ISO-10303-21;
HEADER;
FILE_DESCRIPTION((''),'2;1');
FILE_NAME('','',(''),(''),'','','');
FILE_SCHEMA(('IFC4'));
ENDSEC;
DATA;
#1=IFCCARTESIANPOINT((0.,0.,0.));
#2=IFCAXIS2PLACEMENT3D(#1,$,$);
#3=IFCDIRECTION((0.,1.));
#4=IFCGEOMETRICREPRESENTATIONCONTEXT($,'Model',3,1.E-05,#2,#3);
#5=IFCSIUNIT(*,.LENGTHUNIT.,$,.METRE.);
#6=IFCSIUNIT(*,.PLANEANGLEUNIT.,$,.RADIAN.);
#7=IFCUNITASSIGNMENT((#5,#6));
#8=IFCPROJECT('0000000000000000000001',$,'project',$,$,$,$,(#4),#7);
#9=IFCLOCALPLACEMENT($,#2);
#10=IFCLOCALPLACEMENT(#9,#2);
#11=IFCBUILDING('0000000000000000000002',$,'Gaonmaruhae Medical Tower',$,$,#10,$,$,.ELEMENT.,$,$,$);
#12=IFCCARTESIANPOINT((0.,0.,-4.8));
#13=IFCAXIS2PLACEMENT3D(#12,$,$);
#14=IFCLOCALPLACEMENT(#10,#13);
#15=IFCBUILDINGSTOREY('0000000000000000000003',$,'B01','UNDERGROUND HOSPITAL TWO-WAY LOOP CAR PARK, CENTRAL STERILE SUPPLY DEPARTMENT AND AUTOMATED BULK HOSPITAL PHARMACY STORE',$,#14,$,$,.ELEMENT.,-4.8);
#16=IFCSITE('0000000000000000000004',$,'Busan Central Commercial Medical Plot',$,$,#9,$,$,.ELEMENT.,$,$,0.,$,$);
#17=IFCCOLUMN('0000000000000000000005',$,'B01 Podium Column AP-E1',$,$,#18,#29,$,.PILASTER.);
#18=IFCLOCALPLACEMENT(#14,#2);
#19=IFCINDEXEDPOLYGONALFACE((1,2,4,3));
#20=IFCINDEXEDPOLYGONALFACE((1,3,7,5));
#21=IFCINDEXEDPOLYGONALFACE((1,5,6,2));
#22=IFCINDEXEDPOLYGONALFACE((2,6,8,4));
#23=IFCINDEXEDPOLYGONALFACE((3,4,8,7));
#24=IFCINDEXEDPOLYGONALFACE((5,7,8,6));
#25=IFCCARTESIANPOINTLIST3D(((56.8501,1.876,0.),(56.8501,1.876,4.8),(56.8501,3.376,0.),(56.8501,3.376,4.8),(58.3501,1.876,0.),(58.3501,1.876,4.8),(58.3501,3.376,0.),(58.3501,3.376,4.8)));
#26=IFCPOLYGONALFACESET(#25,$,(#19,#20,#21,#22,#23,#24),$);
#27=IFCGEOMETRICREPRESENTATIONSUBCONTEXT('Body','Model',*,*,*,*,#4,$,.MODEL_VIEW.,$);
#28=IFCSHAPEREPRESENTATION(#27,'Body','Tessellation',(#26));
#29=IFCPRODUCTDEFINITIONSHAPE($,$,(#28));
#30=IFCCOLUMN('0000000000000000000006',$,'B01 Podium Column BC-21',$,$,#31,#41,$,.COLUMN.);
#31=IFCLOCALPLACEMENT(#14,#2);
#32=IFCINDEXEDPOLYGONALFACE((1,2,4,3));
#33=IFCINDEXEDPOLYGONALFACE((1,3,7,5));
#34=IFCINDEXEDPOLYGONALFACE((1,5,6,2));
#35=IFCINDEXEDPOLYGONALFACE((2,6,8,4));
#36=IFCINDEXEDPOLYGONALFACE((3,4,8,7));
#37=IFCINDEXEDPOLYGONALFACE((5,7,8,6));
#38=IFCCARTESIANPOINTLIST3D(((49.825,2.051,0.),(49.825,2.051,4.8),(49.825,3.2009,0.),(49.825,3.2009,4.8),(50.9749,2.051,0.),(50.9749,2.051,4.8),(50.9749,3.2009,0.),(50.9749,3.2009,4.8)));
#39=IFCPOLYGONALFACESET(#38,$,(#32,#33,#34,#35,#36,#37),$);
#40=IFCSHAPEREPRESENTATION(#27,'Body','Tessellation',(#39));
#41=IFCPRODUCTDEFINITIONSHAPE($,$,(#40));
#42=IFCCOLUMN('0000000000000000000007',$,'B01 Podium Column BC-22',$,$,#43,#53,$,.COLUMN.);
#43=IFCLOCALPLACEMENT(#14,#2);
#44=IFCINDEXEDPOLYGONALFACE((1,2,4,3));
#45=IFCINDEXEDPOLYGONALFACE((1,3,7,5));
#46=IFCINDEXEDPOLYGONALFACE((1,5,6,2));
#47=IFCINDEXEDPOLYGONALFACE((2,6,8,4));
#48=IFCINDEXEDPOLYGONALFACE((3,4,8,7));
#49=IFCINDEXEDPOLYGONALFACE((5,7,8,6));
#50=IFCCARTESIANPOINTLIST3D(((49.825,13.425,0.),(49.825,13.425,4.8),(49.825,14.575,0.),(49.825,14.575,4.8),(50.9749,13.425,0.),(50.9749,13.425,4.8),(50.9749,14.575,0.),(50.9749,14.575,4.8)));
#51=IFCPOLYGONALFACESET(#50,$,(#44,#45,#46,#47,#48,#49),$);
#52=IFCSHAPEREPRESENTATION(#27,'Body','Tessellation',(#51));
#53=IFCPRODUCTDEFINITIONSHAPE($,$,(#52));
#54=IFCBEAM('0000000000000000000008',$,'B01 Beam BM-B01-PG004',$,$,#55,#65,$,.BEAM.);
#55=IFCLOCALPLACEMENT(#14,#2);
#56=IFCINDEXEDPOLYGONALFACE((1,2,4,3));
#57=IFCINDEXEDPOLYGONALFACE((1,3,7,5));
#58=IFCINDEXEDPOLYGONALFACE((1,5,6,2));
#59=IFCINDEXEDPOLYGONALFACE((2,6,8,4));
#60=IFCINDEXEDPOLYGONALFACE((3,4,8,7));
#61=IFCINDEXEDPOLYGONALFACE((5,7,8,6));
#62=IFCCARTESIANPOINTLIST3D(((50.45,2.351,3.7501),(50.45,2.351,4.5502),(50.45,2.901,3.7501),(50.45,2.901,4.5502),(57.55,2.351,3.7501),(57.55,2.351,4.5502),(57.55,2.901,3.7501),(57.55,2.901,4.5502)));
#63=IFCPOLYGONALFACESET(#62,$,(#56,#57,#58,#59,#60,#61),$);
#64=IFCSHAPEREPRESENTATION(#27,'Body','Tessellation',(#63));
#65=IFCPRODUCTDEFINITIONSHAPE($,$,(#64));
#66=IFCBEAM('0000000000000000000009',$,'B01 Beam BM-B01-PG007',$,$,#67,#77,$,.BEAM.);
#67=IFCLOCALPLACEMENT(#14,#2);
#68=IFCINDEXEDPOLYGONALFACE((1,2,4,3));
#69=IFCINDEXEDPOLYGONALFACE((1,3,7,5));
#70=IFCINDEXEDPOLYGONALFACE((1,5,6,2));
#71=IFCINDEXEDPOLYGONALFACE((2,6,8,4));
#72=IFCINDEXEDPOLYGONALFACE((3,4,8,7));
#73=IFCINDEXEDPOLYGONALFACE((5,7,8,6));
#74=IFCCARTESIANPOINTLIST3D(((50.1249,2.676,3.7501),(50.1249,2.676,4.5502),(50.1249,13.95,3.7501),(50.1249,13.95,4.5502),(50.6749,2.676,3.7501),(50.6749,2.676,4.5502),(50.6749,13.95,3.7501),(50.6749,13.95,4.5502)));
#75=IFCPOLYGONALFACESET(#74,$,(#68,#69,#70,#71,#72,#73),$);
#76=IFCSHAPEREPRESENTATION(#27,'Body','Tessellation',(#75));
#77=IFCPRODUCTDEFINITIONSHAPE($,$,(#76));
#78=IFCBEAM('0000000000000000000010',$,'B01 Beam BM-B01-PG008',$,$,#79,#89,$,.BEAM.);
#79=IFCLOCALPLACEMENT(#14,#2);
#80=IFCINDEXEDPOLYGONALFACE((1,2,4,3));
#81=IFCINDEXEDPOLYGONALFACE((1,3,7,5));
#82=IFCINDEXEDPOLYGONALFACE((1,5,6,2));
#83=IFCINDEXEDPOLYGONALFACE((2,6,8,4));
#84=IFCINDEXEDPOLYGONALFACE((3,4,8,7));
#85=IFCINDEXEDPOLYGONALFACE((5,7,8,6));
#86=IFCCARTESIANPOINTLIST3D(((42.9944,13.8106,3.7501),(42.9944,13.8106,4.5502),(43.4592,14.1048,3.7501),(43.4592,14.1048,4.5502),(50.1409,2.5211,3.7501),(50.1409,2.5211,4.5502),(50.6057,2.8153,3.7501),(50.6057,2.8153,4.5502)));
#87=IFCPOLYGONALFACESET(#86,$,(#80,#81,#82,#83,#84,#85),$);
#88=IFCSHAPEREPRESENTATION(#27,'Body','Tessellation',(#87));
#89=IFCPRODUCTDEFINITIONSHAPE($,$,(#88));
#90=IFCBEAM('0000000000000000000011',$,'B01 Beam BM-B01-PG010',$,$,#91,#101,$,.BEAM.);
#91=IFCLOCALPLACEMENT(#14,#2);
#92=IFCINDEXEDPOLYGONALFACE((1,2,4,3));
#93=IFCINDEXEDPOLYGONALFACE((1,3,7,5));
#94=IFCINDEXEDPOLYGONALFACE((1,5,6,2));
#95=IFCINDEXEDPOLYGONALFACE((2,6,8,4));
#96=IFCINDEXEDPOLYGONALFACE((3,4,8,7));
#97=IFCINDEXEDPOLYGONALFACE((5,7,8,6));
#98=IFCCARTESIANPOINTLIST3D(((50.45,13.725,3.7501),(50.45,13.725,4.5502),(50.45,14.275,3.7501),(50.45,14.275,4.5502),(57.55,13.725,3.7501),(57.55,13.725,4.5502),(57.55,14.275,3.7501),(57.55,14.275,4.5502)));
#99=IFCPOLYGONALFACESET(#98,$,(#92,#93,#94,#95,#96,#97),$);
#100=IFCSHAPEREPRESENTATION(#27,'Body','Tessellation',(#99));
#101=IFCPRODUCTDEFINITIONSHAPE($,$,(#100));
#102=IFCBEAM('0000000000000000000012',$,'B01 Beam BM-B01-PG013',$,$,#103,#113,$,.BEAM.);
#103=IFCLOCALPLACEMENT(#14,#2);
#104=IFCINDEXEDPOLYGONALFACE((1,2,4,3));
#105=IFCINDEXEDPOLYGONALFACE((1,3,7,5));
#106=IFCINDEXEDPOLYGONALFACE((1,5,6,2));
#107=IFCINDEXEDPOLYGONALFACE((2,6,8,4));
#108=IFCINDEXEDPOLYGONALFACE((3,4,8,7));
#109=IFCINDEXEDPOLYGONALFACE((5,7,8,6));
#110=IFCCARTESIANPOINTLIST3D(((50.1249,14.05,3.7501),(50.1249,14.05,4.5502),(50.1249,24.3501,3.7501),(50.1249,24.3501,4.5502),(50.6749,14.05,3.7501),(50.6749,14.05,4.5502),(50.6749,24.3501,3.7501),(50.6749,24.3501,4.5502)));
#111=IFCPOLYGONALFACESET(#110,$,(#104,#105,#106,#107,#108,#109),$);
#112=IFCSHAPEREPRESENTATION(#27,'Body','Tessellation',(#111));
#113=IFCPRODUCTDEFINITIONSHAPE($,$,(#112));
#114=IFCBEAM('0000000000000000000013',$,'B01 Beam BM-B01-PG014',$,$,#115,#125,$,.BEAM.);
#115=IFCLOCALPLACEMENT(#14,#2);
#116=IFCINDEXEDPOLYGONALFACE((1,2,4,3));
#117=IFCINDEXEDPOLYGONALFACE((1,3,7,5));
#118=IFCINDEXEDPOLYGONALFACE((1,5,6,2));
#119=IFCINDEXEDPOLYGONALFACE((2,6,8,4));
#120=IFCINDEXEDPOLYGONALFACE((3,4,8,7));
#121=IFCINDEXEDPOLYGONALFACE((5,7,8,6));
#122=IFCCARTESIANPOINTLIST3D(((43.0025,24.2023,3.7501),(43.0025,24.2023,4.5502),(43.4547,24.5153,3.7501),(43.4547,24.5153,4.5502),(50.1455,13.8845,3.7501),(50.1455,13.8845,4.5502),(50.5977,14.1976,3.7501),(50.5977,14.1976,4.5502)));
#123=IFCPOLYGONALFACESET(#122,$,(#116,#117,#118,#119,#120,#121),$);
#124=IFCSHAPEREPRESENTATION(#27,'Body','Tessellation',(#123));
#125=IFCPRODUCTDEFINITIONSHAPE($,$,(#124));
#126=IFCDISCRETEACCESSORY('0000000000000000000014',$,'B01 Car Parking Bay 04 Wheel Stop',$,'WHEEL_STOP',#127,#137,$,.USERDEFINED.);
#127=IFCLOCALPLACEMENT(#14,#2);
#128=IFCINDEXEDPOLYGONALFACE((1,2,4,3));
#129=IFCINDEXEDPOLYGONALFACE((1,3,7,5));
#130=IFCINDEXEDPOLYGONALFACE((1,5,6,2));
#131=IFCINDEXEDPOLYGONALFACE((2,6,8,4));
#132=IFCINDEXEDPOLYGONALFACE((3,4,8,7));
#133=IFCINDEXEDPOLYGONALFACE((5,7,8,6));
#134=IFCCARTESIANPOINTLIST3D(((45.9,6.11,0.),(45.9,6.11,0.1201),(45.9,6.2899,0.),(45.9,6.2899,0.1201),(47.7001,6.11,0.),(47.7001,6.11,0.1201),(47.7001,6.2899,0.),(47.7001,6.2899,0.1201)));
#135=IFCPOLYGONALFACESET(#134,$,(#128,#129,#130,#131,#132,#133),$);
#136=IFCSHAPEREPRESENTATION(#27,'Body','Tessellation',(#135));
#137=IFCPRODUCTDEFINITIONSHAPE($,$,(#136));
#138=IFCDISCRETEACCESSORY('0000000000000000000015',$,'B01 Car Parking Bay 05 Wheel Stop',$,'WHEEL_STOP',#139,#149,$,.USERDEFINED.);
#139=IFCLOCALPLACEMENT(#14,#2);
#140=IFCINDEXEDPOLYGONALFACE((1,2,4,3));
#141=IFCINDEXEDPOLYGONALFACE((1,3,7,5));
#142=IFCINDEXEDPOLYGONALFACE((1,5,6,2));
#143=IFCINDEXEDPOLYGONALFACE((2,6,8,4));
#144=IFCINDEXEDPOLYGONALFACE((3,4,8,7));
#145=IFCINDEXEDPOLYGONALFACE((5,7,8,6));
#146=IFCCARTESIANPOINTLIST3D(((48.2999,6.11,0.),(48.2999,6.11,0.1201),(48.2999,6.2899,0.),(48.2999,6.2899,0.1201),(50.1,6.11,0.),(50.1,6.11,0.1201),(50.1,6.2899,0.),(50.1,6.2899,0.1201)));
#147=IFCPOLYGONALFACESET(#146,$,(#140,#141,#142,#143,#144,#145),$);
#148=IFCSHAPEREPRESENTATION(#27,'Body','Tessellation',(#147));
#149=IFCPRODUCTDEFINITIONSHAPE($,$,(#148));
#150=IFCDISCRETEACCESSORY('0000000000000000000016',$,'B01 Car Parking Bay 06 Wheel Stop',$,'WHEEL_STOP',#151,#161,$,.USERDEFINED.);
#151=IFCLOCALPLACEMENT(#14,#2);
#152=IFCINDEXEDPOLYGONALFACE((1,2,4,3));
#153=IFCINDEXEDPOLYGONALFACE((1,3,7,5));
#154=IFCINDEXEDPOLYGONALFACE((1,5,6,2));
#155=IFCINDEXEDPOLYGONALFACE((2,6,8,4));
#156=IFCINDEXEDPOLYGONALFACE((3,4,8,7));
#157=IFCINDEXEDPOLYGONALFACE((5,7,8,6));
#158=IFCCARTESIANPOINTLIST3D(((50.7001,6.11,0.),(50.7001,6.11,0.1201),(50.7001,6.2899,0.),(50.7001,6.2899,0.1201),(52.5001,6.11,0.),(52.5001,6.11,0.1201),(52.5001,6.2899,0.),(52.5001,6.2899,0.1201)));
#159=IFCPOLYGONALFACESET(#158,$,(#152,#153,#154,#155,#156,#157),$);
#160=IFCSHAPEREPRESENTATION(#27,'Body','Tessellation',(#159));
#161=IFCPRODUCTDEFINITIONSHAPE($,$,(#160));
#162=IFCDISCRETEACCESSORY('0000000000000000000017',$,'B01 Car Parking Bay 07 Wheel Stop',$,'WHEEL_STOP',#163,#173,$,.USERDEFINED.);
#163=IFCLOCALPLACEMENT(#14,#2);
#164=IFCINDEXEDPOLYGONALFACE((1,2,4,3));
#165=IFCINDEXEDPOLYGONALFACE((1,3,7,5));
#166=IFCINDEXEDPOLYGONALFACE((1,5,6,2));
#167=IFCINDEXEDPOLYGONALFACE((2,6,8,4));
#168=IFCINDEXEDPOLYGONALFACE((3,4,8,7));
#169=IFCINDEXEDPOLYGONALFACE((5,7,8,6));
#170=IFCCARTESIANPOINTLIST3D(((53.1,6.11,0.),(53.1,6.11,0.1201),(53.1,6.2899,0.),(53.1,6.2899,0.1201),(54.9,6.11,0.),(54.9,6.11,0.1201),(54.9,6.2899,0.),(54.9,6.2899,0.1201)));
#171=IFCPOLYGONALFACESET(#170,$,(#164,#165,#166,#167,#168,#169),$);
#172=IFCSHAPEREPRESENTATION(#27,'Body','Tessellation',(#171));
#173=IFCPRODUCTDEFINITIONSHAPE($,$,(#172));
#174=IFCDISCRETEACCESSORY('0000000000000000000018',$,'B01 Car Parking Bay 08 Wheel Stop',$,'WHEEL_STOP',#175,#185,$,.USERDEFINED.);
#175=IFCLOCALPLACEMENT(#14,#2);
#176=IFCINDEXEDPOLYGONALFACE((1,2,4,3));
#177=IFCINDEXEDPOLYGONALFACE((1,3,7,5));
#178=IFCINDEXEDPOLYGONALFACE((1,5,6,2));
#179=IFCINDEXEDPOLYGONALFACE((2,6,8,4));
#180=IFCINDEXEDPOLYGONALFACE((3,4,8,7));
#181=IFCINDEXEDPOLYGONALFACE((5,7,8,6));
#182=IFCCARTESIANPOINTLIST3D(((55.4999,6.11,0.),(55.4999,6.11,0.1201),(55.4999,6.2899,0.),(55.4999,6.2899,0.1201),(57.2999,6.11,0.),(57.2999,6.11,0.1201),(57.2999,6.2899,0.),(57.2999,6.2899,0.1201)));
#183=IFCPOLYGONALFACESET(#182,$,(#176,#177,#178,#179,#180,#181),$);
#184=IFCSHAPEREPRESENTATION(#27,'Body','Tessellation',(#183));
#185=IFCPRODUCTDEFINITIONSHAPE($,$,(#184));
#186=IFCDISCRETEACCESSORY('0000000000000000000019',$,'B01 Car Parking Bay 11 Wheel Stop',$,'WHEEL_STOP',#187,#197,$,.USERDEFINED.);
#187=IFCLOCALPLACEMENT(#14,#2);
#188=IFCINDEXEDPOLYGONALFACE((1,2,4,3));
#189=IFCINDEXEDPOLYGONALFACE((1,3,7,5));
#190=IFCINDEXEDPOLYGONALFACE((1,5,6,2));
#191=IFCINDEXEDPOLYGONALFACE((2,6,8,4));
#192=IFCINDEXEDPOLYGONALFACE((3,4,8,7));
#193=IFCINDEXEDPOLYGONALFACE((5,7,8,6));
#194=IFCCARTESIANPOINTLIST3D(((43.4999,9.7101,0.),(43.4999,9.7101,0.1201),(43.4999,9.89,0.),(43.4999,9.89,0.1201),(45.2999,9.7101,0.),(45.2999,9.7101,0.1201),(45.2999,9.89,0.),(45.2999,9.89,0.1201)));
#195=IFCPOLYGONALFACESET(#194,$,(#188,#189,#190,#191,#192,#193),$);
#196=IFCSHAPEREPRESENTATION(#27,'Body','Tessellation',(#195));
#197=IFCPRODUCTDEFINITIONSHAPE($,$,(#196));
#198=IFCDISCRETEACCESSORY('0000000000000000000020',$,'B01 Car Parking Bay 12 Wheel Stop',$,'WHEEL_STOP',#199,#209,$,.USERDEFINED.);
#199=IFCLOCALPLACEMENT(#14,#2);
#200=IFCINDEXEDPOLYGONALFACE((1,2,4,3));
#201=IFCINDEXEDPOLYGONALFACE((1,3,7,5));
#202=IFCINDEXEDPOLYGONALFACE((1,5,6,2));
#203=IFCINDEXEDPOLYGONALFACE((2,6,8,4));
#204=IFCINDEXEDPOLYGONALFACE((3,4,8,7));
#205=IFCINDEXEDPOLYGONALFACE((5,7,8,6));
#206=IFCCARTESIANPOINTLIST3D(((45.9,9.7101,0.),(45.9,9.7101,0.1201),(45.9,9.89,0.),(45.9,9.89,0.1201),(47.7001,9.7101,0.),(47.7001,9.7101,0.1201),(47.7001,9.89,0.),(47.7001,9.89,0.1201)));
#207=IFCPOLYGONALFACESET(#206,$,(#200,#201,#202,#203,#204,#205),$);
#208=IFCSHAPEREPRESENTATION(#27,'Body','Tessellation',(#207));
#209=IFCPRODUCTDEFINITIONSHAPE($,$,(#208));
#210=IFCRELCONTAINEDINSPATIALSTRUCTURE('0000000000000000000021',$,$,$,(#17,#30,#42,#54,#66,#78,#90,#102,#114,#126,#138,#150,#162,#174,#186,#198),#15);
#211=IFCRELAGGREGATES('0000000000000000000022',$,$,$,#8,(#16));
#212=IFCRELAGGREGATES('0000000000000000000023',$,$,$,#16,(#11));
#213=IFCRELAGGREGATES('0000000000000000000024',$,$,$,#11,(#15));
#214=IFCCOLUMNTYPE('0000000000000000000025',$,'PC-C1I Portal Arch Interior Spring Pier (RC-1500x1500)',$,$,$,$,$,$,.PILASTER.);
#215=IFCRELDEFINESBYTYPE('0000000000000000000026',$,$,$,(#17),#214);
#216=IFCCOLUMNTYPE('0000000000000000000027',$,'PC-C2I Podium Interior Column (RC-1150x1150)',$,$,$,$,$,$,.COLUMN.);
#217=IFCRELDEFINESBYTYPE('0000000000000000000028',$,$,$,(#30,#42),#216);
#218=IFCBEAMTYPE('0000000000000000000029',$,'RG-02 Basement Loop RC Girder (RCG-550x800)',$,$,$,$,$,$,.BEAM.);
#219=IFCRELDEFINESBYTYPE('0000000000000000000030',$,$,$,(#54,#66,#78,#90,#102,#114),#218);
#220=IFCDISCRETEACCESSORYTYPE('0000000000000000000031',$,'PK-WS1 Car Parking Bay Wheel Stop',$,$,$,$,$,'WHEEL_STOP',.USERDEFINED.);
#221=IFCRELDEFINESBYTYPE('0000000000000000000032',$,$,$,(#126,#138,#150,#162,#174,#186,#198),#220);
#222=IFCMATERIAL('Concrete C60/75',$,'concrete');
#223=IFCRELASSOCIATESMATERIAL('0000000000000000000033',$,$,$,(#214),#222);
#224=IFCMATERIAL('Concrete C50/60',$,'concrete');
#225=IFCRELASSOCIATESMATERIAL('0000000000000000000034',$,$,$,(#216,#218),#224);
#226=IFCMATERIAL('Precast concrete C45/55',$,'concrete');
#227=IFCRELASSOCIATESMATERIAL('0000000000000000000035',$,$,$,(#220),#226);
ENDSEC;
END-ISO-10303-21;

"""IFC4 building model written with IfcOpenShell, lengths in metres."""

from ifc_helpers import new_model, si_unit, direction, frame, origin, origin_2d, place, context, subcontext, project, spatial, rectangle, extrude, material, material_profile, profile_set, type_object, element, save


model = new_model("IFC4")

# Units and contexts
model_context = context("Model", 3, precision=1e-05, world=origin(), true_north=direction((0.0, 1.0)))
body_context = subcontext(model_context, "Body", "Model", "MODEL_VIEW")
ifc_project = project(units=[si_unit("LENGTHUNIT", "METRE"), si_unit("PLANEANGLEUNIT", "RADIAN")], contexts=[model_context])

# Site, building, storey
site_placement = place(None, origin())
site = spatial("IfcSite", under=ifc_project, at=site_placement, Name="Busan Central Commercial Medical Plot", CompositionType="ELEMENT", RefElevation=0.0)
building_placement = place(site_placement, origin())
building = spatial("IfcBuilding", under=site, at=building_placement, Name="Gaonmaruhae Medical Tower", CompositionType="ELEMENT")
storey_placement = place(building_placement, frame((0.0, 0.0, -4.8)))
storey = spatial("IfcBuildingStorey", under=building, at=storey_placement, Name="B01", Description="UNDERGROUND HOSPITAL TWO-WAY LOOP CAR PARK, CENTRAL STERILE SUPPLY DEPARTMENT AND AUTOMATED BULK HOSPITAL PHARMACY STORE", CompositionType="ELEMENT", Elevation=-4.8)

# Columns
ifc_material_1 = material(Name="Concrete C60/75", Category="concrete")
ifc_material_profile_1 = material_profile(ifc_material_1, rectangle(XDim=1.5, YDim=1.5, at=origin_2d()), Name="RC-1500x1500")
ifc_profile_set_1 = profile_set([ifc_material_profile_1], Name="Concrete C60/75")
column_type_1 = type_object("IfcColumnType", Name="PC-C1I Portal Arch Interior Spring Pier (RC-1500x1500)", PredefinedType="PILASTER", material=ifc_profile_set_1)
column_placement = place(storey_placement, frame((57.6001, 2.626, 0.0), z_axis=(0.0, 0.0, 1.0), x_axis=(1.0, 0.0, 0.0)))
element("IfcColumn", 1, at=column_placement, inside=storey, type_object=column_type_1, Name="B01 Podium Column AP-E1", PredefinedType="PILASTER", context=body_context, shape_type="SweptSolid", body=[
    extrude(rectangle(XDim=1.5, YDim=1.5, at=origin_2d()), origin(), (0.0, 0.0, 1.0), 4.8),
])
ifc_material_2 = material(Name="Concrete C50/60", Category="concrete")
ifc_material_profile_2 = material_profile(ifc_material_2, rectangle(XDim=1.1499, YDim=1.1499, at=origin_2d()), Name="RC-1150x1150")
ifc_profile_set_2 = profile_set([ifc_material_profile_2], Name="Concrete C50/60")
column_type_2 = type_object("IfcColumnType", Name="PC-C2I Podium Interior Column (RC-1150x1150)", PredefinedType="COLUMN", material=ifc_profile_set_2)
for number, where, z_axis, x_axis, name in (
    (2, (50.3999, 2.626, 0.0), (0.0, 0.0, 1.0), (1.0, 0.0, 0.0), "B01 Podium Column BC-21"),
    (3, (50.3999, 14.0, 0.0), (0.0, 0.0, 1.0), (1.0, 0.0, 0.0), "B01 Podium Column BC-22"),
):
    element("IfcColumn", number, at=place(storey_placement, frame(where, z_axis=z_axis, x_axis=x_axis)), inside=storey, type_object=column_type_2, Name=name, PredefinedType="COLUMN", context=body_context, shape_type="SweptSolid", body=[
        extrude(rectangle(XDim=1.1499, YDim=1.1499, at=origin_2d()), origin(), (0.0, 0.0, 1.0), 4.8),
    ])

# Beams
ifc_material_profile_3 = material_profile(ifc_material_2, rectangle(XDim=0.55, YDim=0.8, at=origin_2d()), Name="RCG-550x800")
ifc_profile_set_3 = profile_set([ifc_material_profile_3], Name="Concrete C50/60")
beam_type = type_object("IfcBeamType", Name="RG-02 Basement Loop RC Girder (RCG-550x800)", PredefinedType="BEAM", material=ifc_profile_set_3)
beam_1_placement = place(storey_placement, frame((57.55, 2.626, 4.1501), z_axis=(-1.0, 0.0, 0.0), x_axis=(0.0, -1.0, 0.0)))
element("IfcBeam", 4, at=beam_1_placement, inside=storey, type_object=beam_type, Name="B01 Beam BM-B01-PG004", PredefinedType="BEAM", context=body_context, shape_type="SweptSolid", body=[
    extrude(rectangle(XDim=0.55, YDim=0.8, at=origin_2d()), origin(), (0.0, 0.0, 1.0), 7.1001),
])
beam_2_placement = place(storey_placement, frame((50.3999, 2.676, 4.1501), z_axis=(0.0, 1.0, 0.0), x_axis=(-1.0, 0.0, 0.0)))
element("IfcBeam", 5, at=beam_2_placement, inside=storey, type_object=beam_type, Name="B01 Beam BM-B01-PG007", PredefinedType="BEAM", context=body_context, shape_type="SweptSolid", body=[
    extrude(rectangle(XDim=0.55, YDim=0.8, at=origin_2d()), origin(), (0.0, 0.0, 1.0), 11.2739),
])
beam_3_placement = place(storey_placement, frame((50.3733, 2.6682, 4.1501), z_axis=(-0.534862, 0.84494, 0.0), x_axis=(-0.84494, -0.534862, 0.0)))
element("IfcBeam", 6, at=beam_3_placement, inside=storey, type_object=beam_type, Name="B01 Beam BM-B01-PG008", PredefinedType="BEAM", context=body_context, shape_type="SweptSolid", body=[
    extrude(rectangle(XDim=0.55, YDim=0.8, at=origin_2d()), origin(), (0.0, 0.0, 1.0), 13.3613),
])
beam_4_placement = place(storey_placement, frame((57.55, 14.0, 4.1501), z_axis=(-1.0, 0.0, 0.0), x_axis=(0.0, -1.0, 0.0)))
element("IfcBeam", 7, at=beam_4_placement, inside=storey, type_object=beam_type, Name="B01 Beam BM-B01-PG010", PredefinedType="BEAM", context=body_context, shape_type="SweptSolid", body=[
    extrude(rectangle(XDim=0.55, YDim=0.8, at=origin_2d()), origin(), (0.0, 0.0, 1.0), 7.1001),
])
beam_5_placement = place(storey_placement, frame((50.3999, 14.05, 4.1501), z_axis=(0.0, 1.0, 0.0), x_axis=(-1.0, 0.0, 0.0)))
element("IfcBeam", 8, at=beam_5_placement, inside=storey, type_object=beam_type, Name="B01 Beam BM-B01-PG013", PredefinedType="BEAM", context=body_context, shape_type="SweptSolid", body=[
    extrude(rectangle(XDim=0.55, YDim=0.8, at=origin_2d()), origin(), (0.0, 0.0, 1.0), 10.3),
])
beam_6_placement = place(storey_placement, frame((50.3716, 14.041, 4.1501), z_axis=(-0.569206, 0.822195, 0.0), x_axis=(-0.822195, -0.569206, 0.0)))
element("IfcBeam", 9, at=beam_6_placement, inside=storey, type_object=beam_type, Name="B01 Beam BM-B01-PG014", PredefinedType="BEAM", context=body_context, shape_type="SweptSolid", body=[
    extrude(rectangle(XDim=0.55, YDim=0.8, at=origin_2d()), origin(), (0.0, 0.0, 1.0), 12.5491),
])

# Discrete accessories
ifc_material_3 = material(Name="Precast concrete C45/55", Category="concrete")
discrete_accessory_type_1 = type_object("IfcDiscreteAccessoryType", Name="PK-WS1 Car Parking Bay Wheel Stop", ElementType="WHEEL_STOP", PredefinedType="USERDEFINED", material=ifc_material_3)
for number, where, z_axis, x_axis, name in (
    (10, (46.8, 6.2, 0.0), (0.0, 0.0, 1.0), (1.0, 0.0, 0.0), "B01 Car Parking Bay 04 Wheel Stop"),
    (11, (49.2, 6.2, 0.0), (0.0, 0.0, 1.0), (1.0, 0.0, 0.0), "B01 Car Parking Bay 05 Wheel Stop"),
    (12, (51.6001, 6.2, 0.0), (0.0, 0.0, 1.0), (1.0, 0.0, 0.0), "B01 Car Parking Bay 06 Wheel Stop"),
    (13, (54.0, 6.2, 0.0), (0.0, 0.0, 1.0), (1.0, 0.0, 0.0), "B01 Car Parking Bay 07 Wheel Stop"),
    (14, (56.3999, 6.2, 0.0), (0.0, 0.0, 1.0), (1.0, 0.0, 0.0), "B01 Car Parking Bay 08 Wheel Stop"),
    (15, (44.3999, 9.8, 0.0), (0.0, 0.0, 1.0), (1.0, 0.0, 0.0), "B01 Car Parking Bay 11 Wheel Stop"),
    (16, (46.8, 9.8, 0.0), (0.0, 0.0, 1.0), (1.0, 0.0, 0.0), "B01 Car Parking Bay 12 Wheel Stop"),
):
    element("IfcDiscreteAccessory", number, at=place(storey_placement, frame(where, z_axis=z_axis, x_axis=x_axis)), inside=storey, type_object=discrete_accessory_type_1, Name=name, ObjectType="WHEEL_STOP", PredefinedType="USERDEFINED", context=body_context, shape_type="SweptSolid", body=[
        extrude(rectangle(XDim=1.8, YDim=0.1799, at=origin_2d()), origin(), (0.0, 0.0, 1.0), 0.1201),
    ])

save(model, "model.ifc")
